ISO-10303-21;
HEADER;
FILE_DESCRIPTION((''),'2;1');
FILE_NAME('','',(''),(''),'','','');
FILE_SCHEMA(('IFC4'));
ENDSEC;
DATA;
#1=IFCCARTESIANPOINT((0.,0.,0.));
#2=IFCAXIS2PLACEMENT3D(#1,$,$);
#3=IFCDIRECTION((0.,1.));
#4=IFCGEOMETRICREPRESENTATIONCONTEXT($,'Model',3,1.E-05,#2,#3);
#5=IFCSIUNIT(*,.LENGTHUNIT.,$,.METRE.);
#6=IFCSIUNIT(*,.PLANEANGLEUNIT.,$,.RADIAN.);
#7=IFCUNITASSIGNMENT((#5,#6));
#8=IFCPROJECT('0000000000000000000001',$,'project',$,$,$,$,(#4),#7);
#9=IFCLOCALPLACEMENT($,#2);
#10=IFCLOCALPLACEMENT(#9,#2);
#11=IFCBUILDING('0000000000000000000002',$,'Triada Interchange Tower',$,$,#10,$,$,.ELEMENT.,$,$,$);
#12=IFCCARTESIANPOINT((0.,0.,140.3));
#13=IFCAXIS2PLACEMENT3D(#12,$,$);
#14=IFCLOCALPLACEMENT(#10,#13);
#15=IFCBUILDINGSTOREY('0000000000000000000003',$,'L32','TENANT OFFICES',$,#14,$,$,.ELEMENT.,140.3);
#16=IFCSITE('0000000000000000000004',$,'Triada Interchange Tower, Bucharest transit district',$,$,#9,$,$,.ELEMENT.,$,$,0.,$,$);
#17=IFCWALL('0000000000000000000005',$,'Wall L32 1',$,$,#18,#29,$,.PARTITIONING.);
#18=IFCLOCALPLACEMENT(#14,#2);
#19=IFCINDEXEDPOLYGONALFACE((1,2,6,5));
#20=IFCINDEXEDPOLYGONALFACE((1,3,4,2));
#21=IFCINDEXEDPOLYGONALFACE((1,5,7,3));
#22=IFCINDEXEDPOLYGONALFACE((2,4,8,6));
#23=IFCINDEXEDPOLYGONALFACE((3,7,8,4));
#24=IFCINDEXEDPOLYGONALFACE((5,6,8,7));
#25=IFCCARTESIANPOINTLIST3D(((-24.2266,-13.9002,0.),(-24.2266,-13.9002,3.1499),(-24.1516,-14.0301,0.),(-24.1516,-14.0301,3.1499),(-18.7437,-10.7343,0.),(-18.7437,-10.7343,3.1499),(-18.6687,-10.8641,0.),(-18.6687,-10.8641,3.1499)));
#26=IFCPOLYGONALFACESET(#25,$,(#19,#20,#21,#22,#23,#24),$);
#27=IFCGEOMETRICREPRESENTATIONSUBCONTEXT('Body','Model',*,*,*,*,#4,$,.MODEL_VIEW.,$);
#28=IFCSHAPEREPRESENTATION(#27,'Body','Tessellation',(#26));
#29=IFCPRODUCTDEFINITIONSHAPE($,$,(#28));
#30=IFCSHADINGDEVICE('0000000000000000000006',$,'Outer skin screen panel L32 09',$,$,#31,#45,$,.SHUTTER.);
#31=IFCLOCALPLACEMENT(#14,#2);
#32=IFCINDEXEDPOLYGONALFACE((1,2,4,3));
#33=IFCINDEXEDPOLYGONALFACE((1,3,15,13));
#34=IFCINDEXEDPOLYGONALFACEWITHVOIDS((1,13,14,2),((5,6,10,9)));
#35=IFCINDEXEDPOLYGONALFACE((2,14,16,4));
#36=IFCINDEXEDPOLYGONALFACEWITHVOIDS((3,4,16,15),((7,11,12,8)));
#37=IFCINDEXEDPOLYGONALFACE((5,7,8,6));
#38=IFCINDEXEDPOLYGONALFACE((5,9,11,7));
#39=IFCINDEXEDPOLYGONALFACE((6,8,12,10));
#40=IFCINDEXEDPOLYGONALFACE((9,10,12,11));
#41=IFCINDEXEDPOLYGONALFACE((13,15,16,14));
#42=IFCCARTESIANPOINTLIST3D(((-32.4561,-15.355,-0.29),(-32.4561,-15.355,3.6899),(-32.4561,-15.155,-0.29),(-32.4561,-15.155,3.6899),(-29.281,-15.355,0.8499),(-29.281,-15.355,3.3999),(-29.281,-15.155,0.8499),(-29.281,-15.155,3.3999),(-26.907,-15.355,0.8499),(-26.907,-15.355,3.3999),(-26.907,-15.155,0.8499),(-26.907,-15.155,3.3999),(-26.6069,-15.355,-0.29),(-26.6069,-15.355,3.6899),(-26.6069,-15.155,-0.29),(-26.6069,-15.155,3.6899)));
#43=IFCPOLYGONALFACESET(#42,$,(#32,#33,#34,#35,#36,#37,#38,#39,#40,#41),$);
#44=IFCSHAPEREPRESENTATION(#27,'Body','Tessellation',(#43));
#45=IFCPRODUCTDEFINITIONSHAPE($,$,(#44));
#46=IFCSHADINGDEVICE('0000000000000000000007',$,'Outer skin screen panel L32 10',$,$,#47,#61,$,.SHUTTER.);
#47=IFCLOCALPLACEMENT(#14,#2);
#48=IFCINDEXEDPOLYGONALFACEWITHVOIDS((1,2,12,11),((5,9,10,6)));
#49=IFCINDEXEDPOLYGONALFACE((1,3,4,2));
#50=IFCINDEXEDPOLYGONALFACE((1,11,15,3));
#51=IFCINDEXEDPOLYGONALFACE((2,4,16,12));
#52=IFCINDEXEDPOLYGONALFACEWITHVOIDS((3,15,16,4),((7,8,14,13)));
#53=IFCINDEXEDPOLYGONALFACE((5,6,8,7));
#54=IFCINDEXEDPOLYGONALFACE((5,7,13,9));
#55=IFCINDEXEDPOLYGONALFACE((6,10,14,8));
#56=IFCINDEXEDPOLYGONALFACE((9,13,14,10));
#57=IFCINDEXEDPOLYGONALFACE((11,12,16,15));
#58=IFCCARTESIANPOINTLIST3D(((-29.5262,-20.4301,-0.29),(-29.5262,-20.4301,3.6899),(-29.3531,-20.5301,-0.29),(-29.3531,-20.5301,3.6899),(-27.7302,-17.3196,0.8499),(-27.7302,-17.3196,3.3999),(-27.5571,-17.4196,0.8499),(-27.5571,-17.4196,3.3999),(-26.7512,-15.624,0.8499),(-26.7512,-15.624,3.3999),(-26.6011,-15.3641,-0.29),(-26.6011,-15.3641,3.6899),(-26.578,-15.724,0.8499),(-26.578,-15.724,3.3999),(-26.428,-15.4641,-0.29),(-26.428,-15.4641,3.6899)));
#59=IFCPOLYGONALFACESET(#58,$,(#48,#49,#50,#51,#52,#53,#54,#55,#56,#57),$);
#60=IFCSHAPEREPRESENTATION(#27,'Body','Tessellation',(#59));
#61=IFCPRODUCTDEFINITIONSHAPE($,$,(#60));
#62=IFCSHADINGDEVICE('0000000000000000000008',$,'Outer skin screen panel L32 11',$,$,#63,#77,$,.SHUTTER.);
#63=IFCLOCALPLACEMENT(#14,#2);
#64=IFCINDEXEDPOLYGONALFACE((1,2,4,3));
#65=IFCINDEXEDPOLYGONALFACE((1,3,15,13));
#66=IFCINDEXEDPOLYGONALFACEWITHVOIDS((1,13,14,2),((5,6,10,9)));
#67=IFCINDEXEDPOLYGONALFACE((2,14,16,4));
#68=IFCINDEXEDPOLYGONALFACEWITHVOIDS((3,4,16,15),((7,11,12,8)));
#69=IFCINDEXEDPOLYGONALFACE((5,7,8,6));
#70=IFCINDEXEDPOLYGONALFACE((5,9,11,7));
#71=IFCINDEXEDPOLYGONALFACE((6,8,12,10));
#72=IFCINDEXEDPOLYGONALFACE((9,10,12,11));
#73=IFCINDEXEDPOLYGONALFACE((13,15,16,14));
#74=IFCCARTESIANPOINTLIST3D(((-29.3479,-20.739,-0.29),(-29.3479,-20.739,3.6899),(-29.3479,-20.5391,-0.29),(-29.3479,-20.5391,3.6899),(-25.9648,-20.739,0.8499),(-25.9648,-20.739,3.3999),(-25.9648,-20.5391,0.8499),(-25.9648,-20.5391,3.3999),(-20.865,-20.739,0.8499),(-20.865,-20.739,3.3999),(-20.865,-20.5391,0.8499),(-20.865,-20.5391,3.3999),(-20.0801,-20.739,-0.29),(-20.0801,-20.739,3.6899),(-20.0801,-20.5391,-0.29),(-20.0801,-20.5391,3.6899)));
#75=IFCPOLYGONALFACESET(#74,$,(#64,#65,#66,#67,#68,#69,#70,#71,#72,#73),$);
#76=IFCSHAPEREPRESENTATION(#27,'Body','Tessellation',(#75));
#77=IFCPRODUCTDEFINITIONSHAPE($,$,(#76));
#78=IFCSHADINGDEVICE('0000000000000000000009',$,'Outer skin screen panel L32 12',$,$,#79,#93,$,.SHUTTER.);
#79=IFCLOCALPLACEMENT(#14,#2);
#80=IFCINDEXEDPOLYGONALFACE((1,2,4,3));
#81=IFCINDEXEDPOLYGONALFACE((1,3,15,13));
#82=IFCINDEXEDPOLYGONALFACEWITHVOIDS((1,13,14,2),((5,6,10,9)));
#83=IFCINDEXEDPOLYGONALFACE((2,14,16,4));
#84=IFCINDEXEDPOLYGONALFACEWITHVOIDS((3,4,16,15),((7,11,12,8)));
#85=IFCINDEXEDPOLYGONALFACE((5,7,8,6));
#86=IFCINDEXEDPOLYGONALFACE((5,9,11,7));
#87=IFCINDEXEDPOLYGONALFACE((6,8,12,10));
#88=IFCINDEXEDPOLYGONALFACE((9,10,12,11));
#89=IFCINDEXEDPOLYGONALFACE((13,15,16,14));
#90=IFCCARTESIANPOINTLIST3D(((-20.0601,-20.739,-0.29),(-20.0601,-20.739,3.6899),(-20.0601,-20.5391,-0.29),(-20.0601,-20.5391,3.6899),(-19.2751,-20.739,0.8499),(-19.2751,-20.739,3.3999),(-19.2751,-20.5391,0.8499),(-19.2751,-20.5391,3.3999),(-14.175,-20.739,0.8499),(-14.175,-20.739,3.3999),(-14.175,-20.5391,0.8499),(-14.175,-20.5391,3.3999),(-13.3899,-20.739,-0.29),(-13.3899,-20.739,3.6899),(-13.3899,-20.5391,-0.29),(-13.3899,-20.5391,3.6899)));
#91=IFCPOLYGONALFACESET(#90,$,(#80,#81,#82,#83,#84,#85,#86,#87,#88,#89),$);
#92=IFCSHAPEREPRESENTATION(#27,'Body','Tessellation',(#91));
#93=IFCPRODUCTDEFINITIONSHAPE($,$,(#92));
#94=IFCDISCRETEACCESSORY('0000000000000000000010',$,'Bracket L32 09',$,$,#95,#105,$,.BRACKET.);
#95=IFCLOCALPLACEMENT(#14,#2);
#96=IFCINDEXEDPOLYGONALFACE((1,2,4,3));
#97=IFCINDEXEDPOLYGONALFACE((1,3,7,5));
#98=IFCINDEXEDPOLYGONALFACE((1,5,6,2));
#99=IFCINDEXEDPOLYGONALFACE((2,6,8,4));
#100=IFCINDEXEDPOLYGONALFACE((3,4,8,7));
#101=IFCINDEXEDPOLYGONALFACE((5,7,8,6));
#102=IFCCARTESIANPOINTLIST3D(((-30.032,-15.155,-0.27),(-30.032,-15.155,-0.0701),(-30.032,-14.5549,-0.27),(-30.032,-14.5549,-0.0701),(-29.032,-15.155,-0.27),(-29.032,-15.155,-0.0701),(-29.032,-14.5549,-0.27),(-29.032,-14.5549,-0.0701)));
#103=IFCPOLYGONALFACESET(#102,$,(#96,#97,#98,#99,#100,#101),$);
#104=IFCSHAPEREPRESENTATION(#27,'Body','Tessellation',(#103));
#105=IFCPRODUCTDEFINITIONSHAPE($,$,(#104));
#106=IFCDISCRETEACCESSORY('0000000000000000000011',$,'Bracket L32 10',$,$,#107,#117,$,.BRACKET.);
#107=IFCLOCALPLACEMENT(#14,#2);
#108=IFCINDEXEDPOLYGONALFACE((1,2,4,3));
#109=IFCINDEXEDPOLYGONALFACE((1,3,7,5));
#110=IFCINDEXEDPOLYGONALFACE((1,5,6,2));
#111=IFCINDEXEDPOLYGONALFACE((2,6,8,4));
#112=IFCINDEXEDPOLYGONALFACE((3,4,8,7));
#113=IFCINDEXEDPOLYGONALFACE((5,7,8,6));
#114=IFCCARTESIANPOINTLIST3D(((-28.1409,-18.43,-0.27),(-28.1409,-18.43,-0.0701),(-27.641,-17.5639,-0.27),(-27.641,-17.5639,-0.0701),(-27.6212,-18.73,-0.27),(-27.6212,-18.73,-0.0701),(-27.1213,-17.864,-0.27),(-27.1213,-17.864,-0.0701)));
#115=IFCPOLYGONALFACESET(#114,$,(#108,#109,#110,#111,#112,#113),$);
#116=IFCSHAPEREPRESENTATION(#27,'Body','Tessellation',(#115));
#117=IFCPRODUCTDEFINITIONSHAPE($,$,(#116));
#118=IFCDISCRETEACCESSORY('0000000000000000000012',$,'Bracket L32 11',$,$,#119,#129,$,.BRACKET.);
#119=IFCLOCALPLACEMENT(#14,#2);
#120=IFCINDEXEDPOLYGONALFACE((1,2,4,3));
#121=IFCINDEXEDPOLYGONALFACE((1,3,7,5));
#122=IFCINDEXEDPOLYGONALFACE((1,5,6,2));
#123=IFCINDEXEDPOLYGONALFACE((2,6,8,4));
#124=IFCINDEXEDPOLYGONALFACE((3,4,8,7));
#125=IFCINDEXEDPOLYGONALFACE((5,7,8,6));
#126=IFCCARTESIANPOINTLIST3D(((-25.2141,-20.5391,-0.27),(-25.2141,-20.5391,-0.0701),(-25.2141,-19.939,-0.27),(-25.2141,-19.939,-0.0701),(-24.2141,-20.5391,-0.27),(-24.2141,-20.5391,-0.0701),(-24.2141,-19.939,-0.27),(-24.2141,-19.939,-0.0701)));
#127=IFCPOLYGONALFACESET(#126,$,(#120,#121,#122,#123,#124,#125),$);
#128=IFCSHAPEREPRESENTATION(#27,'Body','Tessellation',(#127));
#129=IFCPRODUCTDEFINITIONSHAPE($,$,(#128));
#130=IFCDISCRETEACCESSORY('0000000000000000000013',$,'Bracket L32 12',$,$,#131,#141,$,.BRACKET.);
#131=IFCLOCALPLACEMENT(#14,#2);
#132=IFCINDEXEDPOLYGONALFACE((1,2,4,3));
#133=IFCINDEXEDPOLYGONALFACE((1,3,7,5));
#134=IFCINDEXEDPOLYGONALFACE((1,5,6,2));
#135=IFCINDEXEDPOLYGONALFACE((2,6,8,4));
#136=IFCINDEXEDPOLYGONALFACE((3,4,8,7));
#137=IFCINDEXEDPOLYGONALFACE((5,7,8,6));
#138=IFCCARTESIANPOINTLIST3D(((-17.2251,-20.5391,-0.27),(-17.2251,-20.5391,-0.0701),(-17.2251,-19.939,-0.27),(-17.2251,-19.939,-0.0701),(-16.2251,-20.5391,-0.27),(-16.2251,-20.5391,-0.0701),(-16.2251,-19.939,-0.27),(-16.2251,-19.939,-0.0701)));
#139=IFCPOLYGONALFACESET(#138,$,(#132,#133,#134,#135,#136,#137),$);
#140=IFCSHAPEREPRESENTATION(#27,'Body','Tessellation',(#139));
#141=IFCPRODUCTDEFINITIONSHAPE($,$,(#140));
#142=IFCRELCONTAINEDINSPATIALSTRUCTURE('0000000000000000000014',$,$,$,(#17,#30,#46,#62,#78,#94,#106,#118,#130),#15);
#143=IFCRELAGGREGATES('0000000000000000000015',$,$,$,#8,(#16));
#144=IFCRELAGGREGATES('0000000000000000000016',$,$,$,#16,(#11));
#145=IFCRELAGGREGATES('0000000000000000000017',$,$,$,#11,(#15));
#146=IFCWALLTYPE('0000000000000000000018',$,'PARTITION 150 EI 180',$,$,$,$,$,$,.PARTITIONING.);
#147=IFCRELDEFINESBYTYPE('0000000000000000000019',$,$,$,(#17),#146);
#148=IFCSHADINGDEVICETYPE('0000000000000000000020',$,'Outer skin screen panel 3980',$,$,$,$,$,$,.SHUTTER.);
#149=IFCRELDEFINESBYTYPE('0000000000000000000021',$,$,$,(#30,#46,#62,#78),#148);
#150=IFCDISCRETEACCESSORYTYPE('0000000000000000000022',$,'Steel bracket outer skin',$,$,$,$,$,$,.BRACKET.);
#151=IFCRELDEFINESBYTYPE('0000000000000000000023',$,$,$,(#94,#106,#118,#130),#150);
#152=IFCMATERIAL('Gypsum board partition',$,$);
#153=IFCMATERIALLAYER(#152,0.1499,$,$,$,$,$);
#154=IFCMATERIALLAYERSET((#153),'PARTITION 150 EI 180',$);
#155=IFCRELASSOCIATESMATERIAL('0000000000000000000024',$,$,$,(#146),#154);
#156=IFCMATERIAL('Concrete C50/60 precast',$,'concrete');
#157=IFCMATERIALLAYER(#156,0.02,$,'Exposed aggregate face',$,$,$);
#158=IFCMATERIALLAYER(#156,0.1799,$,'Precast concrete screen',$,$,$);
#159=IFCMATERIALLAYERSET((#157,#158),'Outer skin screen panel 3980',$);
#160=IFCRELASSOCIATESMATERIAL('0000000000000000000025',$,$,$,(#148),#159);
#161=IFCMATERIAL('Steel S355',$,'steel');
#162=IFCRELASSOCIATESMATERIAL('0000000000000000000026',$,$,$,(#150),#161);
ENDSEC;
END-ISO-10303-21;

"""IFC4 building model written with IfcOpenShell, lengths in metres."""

from ifc_helpers import new_model, si_unit, direction, frame, frame_2d, origin, origin_2d, place, context, subcontext, project, spatial, polyline, rectangle, outline, extrude, material, layer, layer_set, type_object, element, save


model = new_model("IFC4")

# Units and contexts
model_context = context("Model", 3, precision=1e-05, world=origin(), true_north=direction((0.0, 1.0)))
body_context = subcontext(model_context, "Body", "Model", "MODEL_VIEW")
ifc_project = project(units=[si_unit("LENGTHUNIT", "METRE"), si_unit("PLANEANGLEUNIT", "RADIAN")], contexts=[model_context])

# Site, building, storey
site_placement = place(None, origin())
site = spatial("IfcSite", under=ifc_project, at=site_placement, Name="Triada Interchange Tower, Bucharest transit district", CompositionType="ELEMENT", RefElevation=0.0)
building_placement = place(site_placement, origin())
building = spatial("IfcBuilding", under=site, at=building_placement, Name="Triada Interchange Tower", CompositionType="ELEMENT")
storey_placement = place(building_placement, frame((0.0, 0.0, 140.3)))
storey = spatial("IfcBuildingStorey", under=building, at=storey_placement, Name="L32", Description="TENANT OFFICES", CompositionType="ELEMENT", Elevation=140.3)

# Wall
ifc_material_1 = material(Name="Gypsum board partition")
ifc_layer_1 = layer(ifc_material_1, 0.1499)
ifc_layer_set_1 = layer_set([ifc_layer_1], Name="PARTITION 150 EI 180")
wall_type_1 = type_object("IfcWallType", Name="PARTITION 150 EI 180", PredefinedType="PARTITIONING", material=ifc_layer_set_1)
wall_1_placement = place(storey_placement, frame((-24.189, -13.9651, 0.0), z_axis=(0.0, 0.0, 1.0), x_axis=(0.865994, 0.500054, 0.0)))
element("IfcWall", 1, at=wall_1_placement, inside=storey, type_object=wall_type_1, Name="Wall L32 1", PredefinedType="PARTITIONING", context=body_context, shape_type="SweptSolid", body=[
    extrude(rectangle(XDim=6.3313, YDim=0.1499, at=frame_2d((3.1655, 0.0))), origin(), (0.0, 0.0, 1.0), 3.1499),
])

# Shading devices
ifc_material_2 = material(Name="Concrete C50/60 precast", Category="concrete")
ifc_layer_2 = layer(ifc_material_2, 0.02, Name="Exposed aggregate face")
ifc_layer_3 = layer(ifc_material_2, 0.1799, Name="Precast concrete screen")
ifc_layer_set_2 = layer_set([ifc_layer_2, ifc_layer_3], Name="Outer skin screen panel 3980")
shading_device_type = type_object("IfcShadingDeviceType", Name="Outer skin screen panel 3980", PredefinedType="SHUTTER", material=ifc_layer_set_2)
shading_device_1_placement = place(storey_placement, frame((-32.4561, -15.155, -0.29), z_axis=(0.0, 0.0, 1.0), x_axis=(1.0, 0.0, 0.0)))
element("IfcShadingDevice", 2, at=shading_device_1_placement, inside=storey, type_object=shading_device_type, Name="Outer skin screen panel L32 09", PredefinedType="SHUTTER", context=body_context, shape_type="SweptSolid", body=[
    extrude(outline(polyline([(0.0, 0.0), (5.8491, 0.0), (5.8491, 3.98), (0.0, 3.98), (0.0, 0.0)]), holes=[polyline([(3.175, 1.1399), (3.175, 3.6899), (5.5491, 3.6899), (5.5491, 1.1399), (3.175, 1.1399)])]), frame((0.0, 0.0, 0.0), z_axis=(0.0, -1.0, 0.0), x_axis=(1.0, 0.0, 0.0)), (0.0, 0.0, 1.0), 0.2),
])
shading_device_2_placement = place(storey_placement, frame((-26.428, -15.4641, -0.29), z_axis=(0.0, 0.0, 1.0), x_axis=(-0.500031, -0.866008, 0.0)))
element("IfcShadingDevice", 3, at=shading_device_2_placement, inside=storey, type_object=shading_device_type, Name="Outer skin screen panel L32 10", PredefinedType="SHUTTER", context=body_context, shape_type="SweptSolid", body=[
    extrude(outline(polyline([(0.0, 0.0), (5.8499, 0.0), (5.8499, 3.98), (0.0, 3.98), (0.0, 0.0)]), holes=[polyline([(0.3, 1.1399), (0.3, 3.6899), (2.2581, 3.6899), (2.2581, 1.1399), (0.3, 1.1399)])]), frame((0.0, 0.0, 0.0), z_axis=(0.0, -1.0, 0.0), x_axis=(1.0, 0.0, 0.0)), (0.0, 0.0, 1.0), 0.2),
])
shading_device_3_placement = place(storey_placement, frame((-29.3479, -20.5391, -0.29), z_axis=(0.0, 0.0, 1.0), x_axis=(1.0, 0.0, 0.0)))
element("IfcShadingDevice", 4, at=shading_device_3_placement, inside=storey, type_object=shading_device_type, Name="Outer skin screen panel L32 11", PredefinedType="SHUTTER", context=body_context, shape_type="SweptSolid", body=[
    extrude(outline(polyline([(0.0, 0.0), (9.2678, 0.0), (9.2678, 3.98), (0.0, 3.98), (0.0, 0.0)]), holes=[polyline([(3.3831, 1.1399), (3.3831, 3.6899), (8.4829, 3.6899), (8.4829, 1.1399), (3.3831, 1.1399)])]), frame((0.0, 0.0, 0.0), z_axis=(0.0, -1.0, 0.0), x_axis=(1.0, 0.0, 0.0)), (0.0, 0.0, 1.0), 0.2),
])
shading_device_4_placement = place(storey_placement, frame((-20.0601, -20.5391, -0.29), z_axis=(0.0, 0.0, 1.0), x_axis=(1.0, 0.0, 0.0)))
element("IfcShadingDevice", 5, at=shading_device_4_placement, inside=storey, type_object=shading_device_type, Name="Outer skin screen panel L32 12", PredefinedType="SHUTTER", context=body_context, shape_type="SweptSolid", body=[
    extrude(outline(polyline([(0.0, 0.0), (6.6702, 0.0), (6.6702, 3.98), (0.0, 3.98), (0.0, 0.0)]), holes=[polyline([(0.7849, 1.1399), (0.7849, 3.6899), (5.885, 3.6899), (5.885, 1.1399), (0.7849, 1.1399)])]), frame((0.0, 0.0, 0.0), z_axis=(0.0, -1.0, 0.0), x_axis=(1.0, 0.0, 0.0)), (0.0, 0.0, 1.0), 0.2),
])

# Discrete accessories
ifc_material_3 = material(Name="Steel S355", Category="steel")
discrete_accessory_type = type_object("IfcDiscreteAccessoryType", Name="Steel bracket outer skin", PredefinedType="BRACKET", material=ifc_material_3)
for number, where, z_axis, x_axis, name in (
    (6, (-29.532, -14.855, -0.27), (0.0, 0.0, 1.0), (0.0, -1.0, 0.0), "Bracket L32 09"),
    (7, (-27.6311, -18.147, -0.27), (0.0, 0.0, 1.0), (-0.866057, 0.499945, 0.0), "Bracket L32 10"),
    (8, (-24.7141, -20.239, -0.27), (0.0, 0.0, 1.0), (0.0, -1.0, 0.0), "Bracket L32 11"),
    (9, (-16.7251, -20.239, -0.27), (0.0, 0.0, 1.0), (0.0, -1.0, 0.0), "Bracket L32 12"),
):
    element("IfcDiscreteAccessory", number, at=place(storey_placement, frame(where, z_axis=z_axis, x_axis=x_axis)), inside=storey, type_object=discrete_accessory_type, Name=name, PredefinedType="BRACKET", context=body_context, shape_type="SweptSolid", body=[
        extrude(rectangle(XDim=0.6001, YDim=1.0, at=origin_2d()), origin(), (0.0, 0.0, 1.0), 0.2),
    ])

save(model, "model.ifc")
